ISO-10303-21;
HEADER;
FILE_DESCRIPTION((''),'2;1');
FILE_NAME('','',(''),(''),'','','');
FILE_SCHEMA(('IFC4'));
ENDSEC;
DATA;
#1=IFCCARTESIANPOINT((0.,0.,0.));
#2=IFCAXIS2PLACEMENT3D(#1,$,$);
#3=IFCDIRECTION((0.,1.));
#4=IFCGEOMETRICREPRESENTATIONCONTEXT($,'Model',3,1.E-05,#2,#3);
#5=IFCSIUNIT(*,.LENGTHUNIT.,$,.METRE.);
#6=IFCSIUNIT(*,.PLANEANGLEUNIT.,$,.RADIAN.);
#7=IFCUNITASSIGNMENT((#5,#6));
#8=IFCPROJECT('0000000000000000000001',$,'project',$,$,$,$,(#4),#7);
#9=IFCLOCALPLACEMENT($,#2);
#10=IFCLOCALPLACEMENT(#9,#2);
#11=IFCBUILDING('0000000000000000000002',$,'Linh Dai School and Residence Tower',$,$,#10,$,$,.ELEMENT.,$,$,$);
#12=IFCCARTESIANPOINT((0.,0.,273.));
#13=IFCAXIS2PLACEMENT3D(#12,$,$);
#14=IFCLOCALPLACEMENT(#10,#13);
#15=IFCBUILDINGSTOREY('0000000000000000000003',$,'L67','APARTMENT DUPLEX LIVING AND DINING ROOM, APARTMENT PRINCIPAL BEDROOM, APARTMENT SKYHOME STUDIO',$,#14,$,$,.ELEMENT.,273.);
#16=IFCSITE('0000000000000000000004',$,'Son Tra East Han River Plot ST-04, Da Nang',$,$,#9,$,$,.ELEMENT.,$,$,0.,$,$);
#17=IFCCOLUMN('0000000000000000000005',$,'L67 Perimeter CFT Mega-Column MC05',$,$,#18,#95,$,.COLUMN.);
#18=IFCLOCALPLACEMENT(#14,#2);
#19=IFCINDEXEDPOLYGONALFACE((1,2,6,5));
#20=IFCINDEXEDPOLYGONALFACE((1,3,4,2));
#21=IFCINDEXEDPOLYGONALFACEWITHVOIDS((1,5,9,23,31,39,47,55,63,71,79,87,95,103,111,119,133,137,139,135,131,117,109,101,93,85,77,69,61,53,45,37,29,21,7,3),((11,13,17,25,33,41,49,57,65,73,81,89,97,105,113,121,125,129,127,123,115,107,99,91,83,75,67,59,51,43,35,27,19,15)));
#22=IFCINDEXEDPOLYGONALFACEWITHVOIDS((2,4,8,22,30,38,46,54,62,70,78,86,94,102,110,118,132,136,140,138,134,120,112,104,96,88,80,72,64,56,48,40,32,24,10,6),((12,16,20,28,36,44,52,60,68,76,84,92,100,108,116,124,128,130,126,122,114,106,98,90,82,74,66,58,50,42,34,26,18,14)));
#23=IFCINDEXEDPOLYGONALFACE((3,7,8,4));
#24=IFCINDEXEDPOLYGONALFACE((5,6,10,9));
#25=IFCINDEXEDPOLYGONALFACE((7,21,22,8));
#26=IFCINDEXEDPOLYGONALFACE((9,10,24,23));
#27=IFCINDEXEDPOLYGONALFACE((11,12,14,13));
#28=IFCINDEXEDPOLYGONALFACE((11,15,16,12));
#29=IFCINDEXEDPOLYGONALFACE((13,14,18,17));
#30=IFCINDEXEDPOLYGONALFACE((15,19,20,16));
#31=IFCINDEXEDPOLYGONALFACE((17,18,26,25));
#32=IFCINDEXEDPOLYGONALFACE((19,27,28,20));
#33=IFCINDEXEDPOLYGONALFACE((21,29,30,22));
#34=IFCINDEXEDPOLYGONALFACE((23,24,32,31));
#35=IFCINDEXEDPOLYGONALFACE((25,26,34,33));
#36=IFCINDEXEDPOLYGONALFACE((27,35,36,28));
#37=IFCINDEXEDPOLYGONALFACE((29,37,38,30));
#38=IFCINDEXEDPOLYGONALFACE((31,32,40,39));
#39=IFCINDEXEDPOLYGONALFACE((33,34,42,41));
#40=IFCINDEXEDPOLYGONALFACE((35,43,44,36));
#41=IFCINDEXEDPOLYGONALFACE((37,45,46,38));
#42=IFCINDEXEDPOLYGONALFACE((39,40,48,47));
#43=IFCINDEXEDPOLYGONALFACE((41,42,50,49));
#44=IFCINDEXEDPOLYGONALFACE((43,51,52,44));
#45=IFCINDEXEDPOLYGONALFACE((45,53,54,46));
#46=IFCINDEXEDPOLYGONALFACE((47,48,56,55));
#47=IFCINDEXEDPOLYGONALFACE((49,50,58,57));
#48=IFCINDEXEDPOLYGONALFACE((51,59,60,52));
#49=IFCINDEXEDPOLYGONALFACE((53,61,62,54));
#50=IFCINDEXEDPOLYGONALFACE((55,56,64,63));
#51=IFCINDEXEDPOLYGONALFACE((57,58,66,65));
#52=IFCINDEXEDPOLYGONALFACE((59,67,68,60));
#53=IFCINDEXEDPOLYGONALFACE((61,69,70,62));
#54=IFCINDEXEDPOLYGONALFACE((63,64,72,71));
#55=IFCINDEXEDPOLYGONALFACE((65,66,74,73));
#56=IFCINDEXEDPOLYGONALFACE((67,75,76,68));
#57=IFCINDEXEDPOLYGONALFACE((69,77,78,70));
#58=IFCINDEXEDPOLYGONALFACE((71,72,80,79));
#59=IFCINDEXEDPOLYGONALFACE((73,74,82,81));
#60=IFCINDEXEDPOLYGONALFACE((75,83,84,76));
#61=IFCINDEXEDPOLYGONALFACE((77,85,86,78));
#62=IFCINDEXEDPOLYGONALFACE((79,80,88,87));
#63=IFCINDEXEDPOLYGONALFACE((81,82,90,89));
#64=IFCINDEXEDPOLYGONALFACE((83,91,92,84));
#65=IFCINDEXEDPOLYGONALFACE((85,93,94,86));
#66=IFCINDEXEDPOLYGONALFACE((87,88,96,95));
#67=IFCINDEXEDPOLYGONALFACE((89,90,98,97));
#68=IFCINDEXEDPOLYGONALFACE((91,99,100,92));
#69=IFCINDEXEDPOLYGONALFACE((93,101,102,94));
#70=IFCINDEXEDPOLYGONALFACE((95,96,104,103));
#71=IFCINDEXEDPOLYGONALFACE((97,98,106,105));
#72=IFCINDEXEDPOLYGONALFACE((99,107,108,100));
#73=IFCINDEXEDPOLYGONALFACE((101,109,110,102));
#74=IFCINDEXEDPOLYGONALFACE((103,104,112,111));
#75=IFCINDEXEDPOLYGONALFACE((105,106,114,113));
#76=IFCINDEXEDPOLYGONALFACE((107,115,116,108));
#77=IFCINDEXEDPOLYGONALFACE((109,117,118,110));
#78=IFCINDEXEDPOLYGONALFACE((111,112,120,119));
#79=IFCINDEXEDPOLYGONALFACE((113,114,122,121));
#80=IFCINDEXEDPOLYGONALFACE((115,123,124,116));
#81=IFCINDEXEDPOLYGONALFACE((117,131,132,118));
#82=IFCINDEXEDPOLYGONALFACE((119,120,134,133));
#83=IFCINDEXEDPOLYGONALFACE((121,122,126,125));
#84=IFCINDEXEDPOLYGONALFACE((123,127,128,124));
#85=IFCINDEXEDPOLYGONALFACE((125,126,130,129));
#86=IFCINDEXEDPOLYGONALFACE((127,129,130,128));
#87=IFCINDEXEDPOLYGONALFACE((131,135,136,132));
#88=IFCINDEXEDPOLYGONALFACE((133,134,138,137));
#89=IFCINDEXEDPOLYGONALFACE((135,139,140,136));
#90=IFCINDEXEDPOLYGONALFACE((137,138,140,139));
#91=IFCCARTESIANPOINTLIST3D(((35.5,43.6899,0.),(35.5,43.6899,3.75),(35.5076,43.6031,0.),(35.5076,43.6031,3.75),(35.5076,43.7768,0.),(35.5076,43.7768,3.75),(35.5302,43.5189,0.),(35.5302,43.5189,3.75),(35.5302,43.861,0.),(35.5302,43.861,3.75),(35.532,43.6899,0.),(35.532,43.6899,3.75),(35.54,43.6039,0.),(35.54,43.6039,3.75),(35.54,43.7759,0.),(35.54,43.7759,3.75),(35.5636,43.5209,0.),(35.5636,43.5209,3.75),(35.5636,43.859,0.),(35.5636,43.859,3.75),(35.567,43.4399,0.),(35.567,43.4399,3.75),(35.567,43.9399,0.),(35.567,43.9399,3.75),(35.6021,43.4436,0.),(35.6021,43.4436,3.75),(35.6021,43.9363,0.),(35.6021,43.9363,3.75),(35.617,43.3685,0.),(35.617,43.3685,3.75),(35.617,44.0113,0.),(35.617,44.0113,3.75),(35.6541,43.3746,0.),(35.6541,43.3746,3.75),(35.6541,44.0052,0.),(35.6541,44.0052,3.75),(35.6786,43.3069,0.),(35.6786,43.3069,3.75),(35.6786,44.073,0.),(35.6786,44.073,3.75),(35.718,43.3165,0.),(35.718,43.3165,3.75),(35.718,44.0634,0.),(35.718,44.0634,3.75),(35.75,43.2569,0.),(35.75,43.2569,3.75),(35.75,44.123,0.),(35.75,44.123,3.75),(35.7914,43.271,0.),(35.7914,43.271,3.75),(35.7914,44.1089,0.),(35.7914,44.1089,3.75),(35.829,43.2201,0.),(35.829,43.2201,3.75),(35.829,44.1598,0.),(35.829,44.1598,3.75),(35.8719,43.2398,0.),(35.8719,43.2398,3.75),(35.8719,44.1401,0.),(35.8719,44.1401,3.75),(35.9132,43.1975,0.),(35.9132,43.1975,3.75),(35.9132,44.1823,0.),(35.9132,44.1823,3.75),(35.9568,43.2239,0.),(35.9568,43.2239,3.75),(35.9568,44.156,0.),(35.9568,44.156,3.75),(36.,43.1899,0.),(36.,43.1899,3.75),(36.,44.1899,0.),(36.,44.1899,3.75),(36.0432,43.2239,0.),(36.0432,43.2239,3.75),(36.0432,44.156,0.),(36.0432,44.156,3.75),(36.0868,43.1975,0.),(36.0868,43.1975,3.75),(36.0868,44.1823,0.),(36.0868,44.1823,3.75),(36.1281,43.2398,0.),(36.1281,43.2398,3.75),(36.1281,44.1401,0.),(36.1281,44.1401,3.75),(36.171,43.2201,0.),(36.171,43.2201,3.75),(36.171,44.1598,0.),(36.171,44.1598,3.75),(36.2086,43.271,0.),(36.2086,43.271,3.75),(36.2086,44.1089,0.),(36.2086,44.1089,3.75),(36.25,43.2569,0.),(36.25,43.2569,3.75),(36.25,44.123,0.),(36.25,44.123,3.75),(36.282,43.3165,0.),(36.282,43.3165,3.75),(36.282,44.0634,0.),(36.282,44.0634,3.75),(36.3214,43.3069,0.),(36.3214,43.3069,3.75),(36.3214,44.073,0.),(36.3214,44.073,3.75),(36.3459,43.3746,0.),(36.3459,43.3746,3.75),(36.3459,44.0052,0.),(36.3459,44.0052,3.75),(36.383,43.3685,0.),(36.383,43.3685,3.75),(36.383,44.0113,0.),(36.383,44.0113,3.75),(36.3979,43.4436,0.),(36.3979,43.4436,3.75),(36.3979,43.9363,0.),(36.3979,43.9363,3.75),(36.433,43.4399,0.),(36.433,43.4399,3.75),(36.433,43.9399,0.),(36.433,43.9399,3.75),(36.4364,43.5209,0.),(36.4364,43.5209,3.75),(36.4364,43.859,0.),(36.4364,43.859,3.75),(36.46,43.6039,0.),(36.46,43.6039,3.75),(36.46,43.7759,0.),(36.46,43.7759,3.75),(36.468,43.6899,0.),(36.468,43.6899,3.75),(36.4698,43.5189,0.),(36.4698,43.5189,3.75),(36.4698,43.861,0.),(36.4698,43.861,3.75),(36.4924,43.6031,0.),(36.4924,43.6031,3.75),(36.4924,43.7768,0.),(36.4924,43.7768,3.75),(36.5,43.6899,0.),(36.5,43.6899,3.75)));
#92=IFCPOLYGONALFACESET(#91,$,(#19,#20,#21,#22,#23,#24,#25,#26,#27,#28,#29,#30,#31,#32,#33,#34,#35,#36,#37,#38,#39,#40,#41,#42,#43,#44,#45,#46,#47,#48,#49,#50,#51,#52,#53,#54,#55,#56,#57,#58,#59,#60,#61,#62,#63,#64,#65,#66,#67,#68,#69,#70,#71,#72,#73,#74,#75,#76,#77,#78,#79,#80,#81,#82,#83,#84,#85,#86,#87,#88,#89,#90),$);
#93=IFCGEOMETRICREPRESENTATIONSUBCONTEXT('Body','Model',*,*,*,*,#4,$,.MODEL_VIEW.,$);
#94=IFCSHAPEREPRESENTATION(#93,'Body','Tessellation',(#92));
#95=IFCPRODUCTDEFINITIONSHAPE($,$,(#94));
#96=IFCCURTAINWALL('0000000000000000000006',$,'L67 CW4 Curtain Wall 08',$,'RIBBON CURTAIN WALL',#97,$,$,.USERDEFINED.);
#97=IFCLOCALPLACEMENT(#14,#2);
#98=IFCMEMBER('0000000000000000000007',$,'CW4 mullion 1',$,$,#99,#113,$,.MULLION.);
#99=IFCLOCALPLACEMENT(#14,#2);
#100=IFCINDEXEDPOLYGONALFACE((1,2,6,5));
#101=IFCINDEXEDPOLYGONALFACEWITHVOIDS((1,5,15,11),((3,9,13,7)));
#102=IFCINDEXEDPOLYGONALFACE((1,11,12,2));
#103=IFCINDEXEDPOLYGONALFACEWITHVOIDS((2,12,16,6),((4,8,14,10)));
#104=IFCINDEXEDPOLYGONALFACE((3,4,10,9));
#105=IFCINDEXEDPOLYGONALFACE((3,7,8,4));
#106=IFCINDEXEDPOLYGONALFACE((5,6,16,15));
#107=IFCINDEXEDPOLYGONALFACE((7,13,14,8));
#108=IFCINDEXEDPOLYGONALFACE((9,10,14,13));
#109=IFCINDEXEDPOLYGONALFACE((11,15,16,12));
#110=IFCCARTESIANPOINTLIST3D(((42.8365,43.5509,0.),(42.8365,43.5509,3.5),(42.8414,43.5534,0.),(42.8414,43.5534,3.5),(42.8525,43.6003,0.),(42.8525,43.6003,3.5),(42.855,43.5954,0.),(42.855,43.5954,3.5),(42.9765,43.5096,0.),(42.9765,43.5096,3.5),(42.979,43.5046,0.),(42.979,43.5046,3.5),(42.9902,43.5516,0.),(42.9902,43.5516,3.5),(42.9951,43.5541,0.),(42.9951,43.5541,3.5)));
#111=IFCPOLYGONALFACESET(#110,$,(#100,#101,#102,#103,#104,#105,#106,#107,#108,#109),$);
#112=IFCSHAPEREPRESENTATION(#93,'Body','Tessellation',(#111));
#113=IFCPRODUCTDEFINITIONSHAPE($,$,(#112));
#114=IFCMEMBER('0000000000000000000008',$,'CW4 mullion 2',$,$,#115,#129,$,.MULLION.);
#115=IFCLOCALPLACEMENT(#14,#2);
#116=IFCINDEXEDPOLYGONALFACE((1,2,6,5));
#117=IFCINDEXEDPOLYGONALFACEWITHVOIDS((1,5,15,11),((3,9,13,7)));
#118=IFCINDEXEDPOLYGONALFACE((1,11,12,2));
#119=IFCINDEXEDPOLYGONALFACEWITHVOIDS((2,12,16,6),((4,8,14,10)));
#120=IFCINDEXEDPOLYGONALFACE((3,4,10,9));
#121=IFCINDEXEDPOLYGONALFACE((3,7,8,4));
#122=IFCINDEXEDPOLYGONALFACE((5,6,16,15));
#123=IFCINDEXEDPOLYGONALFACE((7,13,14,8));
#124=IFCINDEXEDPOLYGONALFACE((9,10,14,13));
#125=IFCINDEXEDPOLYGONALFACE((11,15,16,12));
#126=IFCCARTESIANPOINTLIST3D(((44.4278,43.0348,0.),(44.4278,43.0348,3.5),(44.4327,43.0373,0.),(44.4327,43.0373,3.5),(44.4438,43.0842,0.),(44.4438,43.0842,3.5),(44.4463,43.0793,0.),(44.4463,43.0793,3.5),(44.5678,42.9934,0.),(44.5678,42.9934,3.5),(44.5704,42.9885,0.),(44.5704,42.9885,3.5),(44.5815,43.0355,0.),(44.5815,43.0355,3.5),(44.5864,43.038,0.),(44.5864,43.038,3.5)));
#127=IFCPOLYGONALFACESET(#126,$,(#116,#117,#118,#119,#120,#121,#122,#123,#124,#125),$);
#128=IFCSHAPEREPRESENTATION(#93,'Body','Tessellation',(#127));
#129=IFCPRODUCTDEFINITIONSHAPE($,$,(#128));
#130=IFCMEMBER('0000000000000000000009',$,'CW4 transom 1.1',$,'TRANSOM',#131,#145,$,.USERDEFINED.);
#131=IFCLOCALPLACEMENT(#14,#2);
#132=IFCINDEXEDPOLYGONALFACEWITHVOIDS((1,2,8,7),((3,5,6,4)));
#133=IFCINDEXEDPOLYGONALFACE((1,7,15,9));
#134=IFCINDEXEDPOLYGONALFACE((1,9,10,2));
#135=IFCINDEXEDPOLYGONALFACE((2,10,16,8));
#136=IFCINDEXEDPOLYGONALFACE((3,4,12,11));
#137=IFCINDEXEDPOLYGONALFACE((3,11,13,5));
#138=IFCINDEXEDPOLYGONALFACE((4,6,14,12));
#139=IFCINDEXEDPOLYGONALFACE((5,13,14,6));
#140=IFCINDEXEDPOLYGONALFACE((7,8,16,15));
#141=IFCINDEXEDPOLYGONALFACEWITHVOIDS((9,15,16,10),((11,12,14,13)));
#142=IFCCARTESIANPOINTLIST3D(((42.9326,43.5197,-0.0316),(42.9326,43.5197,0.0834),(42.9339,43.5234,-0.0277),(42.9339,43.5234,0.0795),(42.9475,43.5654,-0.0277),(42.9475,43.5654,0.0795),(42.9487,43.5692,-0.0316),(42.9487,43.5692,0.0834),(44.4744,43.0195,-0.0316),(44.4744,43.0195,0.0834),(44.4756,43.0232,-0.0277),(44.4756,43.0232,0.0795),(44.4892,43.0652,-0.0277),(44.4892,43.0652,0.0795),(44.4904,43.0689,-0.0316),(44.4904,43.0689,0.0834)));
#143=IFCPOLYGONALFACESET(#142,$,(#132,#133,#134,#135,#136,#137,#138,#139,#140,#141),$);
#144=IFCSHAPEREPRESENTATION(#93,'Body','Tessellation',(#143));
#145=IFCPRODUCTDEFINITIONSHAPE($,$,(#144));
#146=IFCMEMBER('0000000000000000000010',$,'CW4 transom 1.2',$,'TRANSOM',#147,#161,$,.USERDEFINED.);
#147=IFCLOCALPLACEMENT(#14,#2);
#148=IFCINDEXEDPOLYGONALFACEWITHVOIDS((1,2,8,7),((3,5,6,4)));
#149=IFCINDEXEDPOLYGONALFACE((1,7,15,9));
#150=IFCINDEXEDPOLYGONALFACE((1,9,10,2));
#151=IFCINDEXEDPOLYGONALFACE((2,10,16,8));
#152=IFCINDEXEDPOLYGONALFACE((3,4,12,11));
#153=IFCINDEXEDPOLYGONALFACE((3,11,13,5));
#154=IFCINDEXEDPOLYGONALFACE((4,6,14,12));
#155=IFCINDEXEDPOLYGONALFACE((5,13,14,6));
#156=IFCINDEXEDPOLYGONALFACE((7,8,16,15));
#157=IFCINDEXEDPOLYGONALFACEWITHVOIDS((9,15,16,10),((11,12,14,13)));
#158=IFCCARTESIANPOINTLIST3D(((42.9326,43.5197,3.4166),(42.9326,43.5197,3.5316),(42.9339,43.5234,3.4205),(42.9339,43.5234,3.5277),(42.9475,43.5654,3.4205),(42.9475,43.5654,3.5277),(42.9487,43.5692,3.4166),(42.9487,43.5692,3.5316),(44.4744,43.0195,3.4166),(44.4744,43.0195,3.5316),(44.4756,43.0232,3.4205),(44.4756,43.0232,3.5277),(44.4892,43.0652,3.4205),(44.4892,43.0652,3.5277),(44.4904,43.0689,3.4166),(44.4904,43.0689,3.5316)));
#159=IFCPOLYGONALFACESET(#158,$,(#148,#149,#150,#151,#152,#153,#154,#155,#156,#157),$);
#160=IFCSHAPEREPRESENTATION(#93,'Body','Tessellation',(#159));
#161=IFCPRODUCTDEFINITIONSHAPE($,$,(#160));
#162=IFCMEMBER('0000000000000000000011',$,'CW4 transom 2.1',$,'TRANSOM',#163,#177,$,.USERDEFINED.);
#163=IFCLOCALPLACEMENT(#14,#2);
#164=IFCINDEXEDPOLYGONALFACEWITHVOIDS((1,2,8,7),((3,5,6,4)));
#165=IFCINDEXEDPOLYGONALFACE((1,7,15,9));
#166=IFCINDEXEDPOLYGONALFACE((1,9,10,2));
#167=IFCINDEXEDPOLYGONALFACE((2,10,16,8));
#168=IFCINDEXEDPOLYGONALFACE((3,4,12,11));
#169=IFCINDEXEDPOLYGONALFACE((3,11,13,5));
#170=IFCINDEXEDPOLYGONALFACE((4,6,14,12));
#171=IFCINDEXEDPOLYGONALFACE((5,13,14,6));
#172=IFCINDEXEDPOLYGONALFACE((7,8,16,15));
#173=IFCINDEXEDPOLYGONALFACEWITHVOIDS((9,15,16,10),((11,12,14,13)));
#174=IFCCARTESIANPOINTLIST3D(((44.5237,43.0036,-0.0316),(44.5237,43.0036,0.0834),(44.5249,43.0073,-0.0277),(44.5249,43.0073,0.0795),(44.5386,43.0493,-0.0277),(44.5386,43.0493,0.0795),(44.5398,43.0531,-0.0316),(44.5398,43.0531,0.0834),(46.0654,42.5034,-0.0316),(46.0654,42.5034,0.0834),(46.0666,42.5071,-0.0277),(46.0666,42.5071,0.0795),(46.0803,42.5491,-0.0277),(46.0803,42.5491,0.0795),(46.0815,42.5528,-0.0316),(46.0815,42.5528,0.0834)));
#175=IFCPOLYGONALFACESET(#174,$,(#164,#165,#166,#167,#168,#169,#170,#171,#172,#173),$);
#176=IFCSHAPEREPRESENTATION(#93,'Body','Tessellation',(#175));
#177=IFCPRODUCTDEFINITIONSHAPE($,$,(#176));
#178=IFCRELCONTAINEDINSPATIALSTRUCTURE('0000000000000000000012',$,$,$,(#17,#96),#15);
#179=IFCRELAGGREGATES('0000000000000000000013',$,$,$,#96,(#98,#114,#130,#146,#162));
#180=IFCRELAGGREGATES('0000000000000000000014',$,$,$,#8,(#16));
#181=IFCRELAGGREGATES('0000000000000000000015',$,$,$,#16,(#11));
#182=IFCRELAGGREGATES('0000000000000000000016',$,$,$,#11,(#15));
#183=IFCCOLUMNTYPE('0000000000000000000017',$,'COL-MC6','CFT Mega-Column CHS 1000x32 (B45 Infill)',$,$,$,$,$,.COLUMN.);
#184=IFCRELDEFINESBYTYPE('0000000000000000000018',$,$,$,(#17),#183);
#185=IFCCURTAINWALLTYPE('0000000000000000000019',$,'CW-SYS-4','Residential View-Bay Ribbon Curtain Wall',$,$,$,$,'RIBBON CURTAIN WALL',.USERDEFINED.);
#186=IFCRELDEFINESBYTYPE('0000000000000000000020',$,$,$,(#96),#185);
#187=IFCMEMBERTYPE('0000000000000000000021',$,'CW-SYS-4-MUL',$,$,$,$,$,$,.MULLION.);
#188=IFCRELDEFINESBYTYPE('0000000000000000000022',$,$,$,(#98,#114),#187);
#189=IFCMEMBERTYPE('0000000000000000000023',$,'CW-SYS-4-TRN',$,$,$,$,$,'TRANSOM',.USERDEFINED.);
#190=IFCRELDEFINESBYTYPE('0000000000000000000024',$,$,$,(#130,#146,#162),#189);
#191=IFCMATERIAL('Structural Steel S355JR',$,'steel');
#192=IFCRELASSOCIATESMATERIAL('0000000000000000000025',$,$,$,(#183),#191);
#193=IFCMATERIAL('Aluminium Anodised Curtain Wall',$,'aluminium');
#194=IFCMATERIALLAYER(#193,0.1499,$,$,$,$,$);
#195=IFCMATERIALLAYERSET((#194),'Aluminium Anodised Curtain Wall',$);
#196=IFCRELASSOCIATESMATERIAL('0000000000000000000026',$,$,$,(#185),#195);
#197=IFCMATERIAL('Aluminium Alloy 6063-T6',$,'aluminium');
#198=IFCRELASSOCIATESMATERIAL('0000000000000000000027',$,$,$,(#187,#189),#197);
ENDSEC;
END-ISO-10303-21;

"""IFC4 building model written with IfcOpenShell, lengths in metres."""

from ifc_helpers import new_model, si_unit, direction, frame, origin, origin_2d, place, context, subcontext, project, spatial, hollow_rectangle, hollow_circle, extrude, source, transform, mapped, material, layer, layer_set, material_profile, profile_set, type_object, element, aggregate, save


model = new_model("IFC4")

# Units and contexts
model_context = context("Model", 3, precision=1e-05, world=origin(), true_north=direction((0.0, 1.0)))
body_context = subcontext(model_context, "Body", "Model", "MODEL_VIEW")
ifc_project = project(units=[si_unit("LENGTHUNIT", "METRE"), si_unit("PLANEANGLEUNIT", "RADIAN")], contexts=[model_context])

# Site, building, storey
site_placement = place(None, origin())
site = spatial("IfcSite", under=ifc_project, at=site_placement, Name="Son Tra East Han River Plot ST-04, Da Nang", CompositionType="ELEMENT", RefElevation=0.0)
building_placement = place(site_placement, origin())
building = spatial("IfcBuilding", under=site, at=building_placement, Name="Linh Dai School and Residence Tower", CompositionType="ELEMENT")
storey_placement = place(building_placement, frame((0.0, 0.0, 273.0)))
storey = spatial("IfcBuildingStorey", under=building, at=storey_placement, Name="L67", Description="APARTMENT DUPLEX LIVING AND DINING ROOM, APARTMENT PRINCIPAL BEDROOM, APARTMENT SKYHOME STUDIO", CompositionType="ELEMENT", Elevation=273.0)

# Column
ifc_material_1 = material(Name="Structural Steel S355JR", Category="steel")
ifc_material_profile_1 = material_profile(ifc_material_1, hollow_circle(Radius=0.5, WallThickness=0.032, at=origin_2d()), Name="CHS 1000x32")
ifc_profile_set_1 = profile_set([ifc_material_profile_1], Name="Structural Steel S355JR")
column_type = type_object("IfcColumnType", Name="COL-MC6", Description="CFT Mega-Column CHS 1000x32 (B45 Infill)", PredefinedType="COLUMN", material=ifc_profile_set_1)
column_placement = place(storey_placement, frame((36.0, 43.6899, 0.0), z_axis=(0.0, 0.0, 1.0), x_axis=(1.0, 0.0, 0.0)))
element("IfcColumn", 1, at=column_placement, inside=storey, type_object=column_type, Name="L67 Perimeter CFT Mega-Column MC05", PredefinedType="COLUMN", context=body_context, shape_type="SweptSolid", body=[
    extrude(hollow_circle(Radius=0.5, WallThickness=0.032, at=origin_2d()), origin(), (0.0, 0.0, 1.0), 3.75),
])

# Curtain wall, members
ifc_material_2 = material(Name="Aluminium Anodised Curtain Wall", Category="aluminium")
ifc_layer_1 = layer(ifc_material_2, 0.1499)
ifc_layer_set_1 = layer_set([ifc_layer_1], Name="Aluminium Anodised Curtain Wall")
curtain_wall_type = type_object("IfcCurtainWallType", Name="CW-SYS-4", Description="Residential View-Bay Ribbon Curtain Wall", ElementType="RIBBON CURTAIN WALL", PredefinedType="USERDEFINED", material=ifc_layer_set_1)
curtain_wall_placement = place(storey_placement, origin())
curtain_wall = element("IfcCurtainWall", 2, at=curtain_wall_placement, inside=storey, type_object=curtain_wall_type, Name="L67 CW4 Curtain Wall 08", ObjectType="RIBBON CURTAIN WALL", PredefinedType="USERDEFINED")
ifc_material_3 = material(Name="Aluminium Alloy 6063-T6", Category="aluminium")
ifc_material_profile_2 = material_profile(ifc_material_3, hollow_rectangle(XDim=0.052, YDim=0.1499, WallThickness=0.0039, at=origin_2d()), Name="RHS 150x52x4")
ifc_profile_set_2 = profile_set([ifc_material_profile_2], Name="Aluminium Alloy 6063-T6")
member_type_1 = type_object("IfcMemberType", Name="CW-SYS-4-MUL", PredefinedType="MULLION", material=ifc_profile_set_2)
shared_shape_1 = source(origin(), body_context, "Body", "SweptSolid", [
    extrude(hollow_rectangle(XDim=0.052, YDim=0.1499, WallThickness=0.0039, at=origin_2d()), origin(), (0.0, 0.0, 1.0), 3.5),
])
member_1_placement = place(storey_placement, frame((42.9158, 43.5525, 0.0), z_axis=(0.0, 0.0, 1.0), x_axis=(0.308519, 0.951218, 0.0)))
member_1 = element("IfcMember", 3, at=member_1_placement, type_object=member_type_1, Name="CW4 mullion 1", PredefinedType="MULLION", context=body_context, shape_type="MappedRepresentation", body=[
    mapped(shared_shape_1, transform((0.0, 0.0, 0.0), x_axis=(1.0, 0.0, 0.0), y_axis=(0.0, 1.0, 0.0), z_axis=(0.0, 0.0, 1.0), scale=1.0)),
])
member_2_placement = place(storey_placement, frame((44.5071, 43.0364, 0.0), z_axis=(0.0, 0.0, 1.0), x_axis=(0.308519, 0.951218, 0.0)))
member_2 = element("IfcMember", 4, at=member_2_placement, type_object=member_type_1, Name="CW4 mullion 2", PredefinedType="MULLION", context=body_context, shape_type="MappedRepresentation", body=[
    mapped(shared_shape_1, transform((0.0, 0.0, 0.0), x_axis=(1.0, 0.0, 0.0), y_axis=(0.0, 1.0, 0.0), z_axis=(0.0, 0.0, 1.0), scale=1.0)),
])
ifc_material_profile_3 = material_profile(ifc_material_3, hollow_rectangle(XDim=0.052, YDim=0.115, WallThickness=0.0039, at=origin_2d()), Name="RHS 115x52x4")
ifc_profile_set_3 = profile_set([ifc_material_profile_3], Name="Aluminium Alloy 6063-T6")
member_type_2 = type_object("IfcMemberType", Name="CW-SYS-4-TRN", ElementType="TRANSOM", PredefinedType="USERDEFINED", material=ifc_profile_set_3)
shared_shape_2 = source(origin(), body_context, "Body", "SweptSolid", [
    extrude(hollow_rectangle(XDim=0.052, YDim=0.115, WallThickness=0.0039, at=origin_2d()), origin(), (0.0, 0.0, 1.0), 1.6208),
])
member_3_placement = place(storey_placement, frame((42.9407, 43.5444, 0.0259), z_axis=(0.951183, -0.308626, 0.0), x_axis=(0.308626, 0.951183, 0.0)))
member_3 = element("IfcMember", 5, at=member_3_placement, type_object=member_type_2, Name="CW4 transom 1.1", ObjectType="TRANSOM", PredefinedType="USERDEFINED", context=body_context, shape_type="MappedRepresentation", body=[
    mapped(shared_shape_2, transform((0.0, 0.0, 0.0), x_axis=(1.0, 0.0, 0.0), y_axis=(0.0, 1.0, 0.0), z_axis=(0.0, 0.0, 1.0), scale=1.0)),
])
member_4_placement = place(storey_placement, frame((42.9407, 43.5444, 3.4741), z_axis=(0.951183, -0.308626, 0.0), x_axis=(0.308626, 0.951183, 0.0)))
member_4 = element("IfcMember", 6, at=member_4_placement, type_object=member_type_2, Name="CW4 transom 1.2", ObjectType="TRANSOM", PredefinedType="USERDEFINED", context=body_context, shape_type="MappedRepresentation", body=[
    mapped(shared_shape_2, transform((0.0, 0.0, 0.0), x_axis=(1.0, 0.0, 0.0), y_axis=(0.0, 1.0, 0.0), z_axis=(0.0, 0.0, 1.0), scale=1.0)),
])
member_5_placement = place(storey_placement, frame((44.5317, 43.0283, 0.0259), z_axis=(0.951183, -0.308626, 0.0), x_axis=(0.308626, 0.951183, 0.0)))
member_5 = element("IfcMember", 7, at=member_5_placement, type_object=member_type_2, Name="CW4 transom 2.1", ObjectType="TRANSOM", PredefinedType="USERDEFINED", context=body_context, shape_type="MappedRepresentation", body=[
    mapped(shared_shape_2, transform((0.0, 0.0, 0.0), x_axis=(1.0, 0.0, 0.0), y_axis=(0.0, 1.0, 0.0), z_axis=(0.0, 0.0, 1.0), scale=1.0)),
])

aggregate(curtain_wall, [member_1, member_2, member_3, member_4, member_5])

save(model, "model.ifc")
